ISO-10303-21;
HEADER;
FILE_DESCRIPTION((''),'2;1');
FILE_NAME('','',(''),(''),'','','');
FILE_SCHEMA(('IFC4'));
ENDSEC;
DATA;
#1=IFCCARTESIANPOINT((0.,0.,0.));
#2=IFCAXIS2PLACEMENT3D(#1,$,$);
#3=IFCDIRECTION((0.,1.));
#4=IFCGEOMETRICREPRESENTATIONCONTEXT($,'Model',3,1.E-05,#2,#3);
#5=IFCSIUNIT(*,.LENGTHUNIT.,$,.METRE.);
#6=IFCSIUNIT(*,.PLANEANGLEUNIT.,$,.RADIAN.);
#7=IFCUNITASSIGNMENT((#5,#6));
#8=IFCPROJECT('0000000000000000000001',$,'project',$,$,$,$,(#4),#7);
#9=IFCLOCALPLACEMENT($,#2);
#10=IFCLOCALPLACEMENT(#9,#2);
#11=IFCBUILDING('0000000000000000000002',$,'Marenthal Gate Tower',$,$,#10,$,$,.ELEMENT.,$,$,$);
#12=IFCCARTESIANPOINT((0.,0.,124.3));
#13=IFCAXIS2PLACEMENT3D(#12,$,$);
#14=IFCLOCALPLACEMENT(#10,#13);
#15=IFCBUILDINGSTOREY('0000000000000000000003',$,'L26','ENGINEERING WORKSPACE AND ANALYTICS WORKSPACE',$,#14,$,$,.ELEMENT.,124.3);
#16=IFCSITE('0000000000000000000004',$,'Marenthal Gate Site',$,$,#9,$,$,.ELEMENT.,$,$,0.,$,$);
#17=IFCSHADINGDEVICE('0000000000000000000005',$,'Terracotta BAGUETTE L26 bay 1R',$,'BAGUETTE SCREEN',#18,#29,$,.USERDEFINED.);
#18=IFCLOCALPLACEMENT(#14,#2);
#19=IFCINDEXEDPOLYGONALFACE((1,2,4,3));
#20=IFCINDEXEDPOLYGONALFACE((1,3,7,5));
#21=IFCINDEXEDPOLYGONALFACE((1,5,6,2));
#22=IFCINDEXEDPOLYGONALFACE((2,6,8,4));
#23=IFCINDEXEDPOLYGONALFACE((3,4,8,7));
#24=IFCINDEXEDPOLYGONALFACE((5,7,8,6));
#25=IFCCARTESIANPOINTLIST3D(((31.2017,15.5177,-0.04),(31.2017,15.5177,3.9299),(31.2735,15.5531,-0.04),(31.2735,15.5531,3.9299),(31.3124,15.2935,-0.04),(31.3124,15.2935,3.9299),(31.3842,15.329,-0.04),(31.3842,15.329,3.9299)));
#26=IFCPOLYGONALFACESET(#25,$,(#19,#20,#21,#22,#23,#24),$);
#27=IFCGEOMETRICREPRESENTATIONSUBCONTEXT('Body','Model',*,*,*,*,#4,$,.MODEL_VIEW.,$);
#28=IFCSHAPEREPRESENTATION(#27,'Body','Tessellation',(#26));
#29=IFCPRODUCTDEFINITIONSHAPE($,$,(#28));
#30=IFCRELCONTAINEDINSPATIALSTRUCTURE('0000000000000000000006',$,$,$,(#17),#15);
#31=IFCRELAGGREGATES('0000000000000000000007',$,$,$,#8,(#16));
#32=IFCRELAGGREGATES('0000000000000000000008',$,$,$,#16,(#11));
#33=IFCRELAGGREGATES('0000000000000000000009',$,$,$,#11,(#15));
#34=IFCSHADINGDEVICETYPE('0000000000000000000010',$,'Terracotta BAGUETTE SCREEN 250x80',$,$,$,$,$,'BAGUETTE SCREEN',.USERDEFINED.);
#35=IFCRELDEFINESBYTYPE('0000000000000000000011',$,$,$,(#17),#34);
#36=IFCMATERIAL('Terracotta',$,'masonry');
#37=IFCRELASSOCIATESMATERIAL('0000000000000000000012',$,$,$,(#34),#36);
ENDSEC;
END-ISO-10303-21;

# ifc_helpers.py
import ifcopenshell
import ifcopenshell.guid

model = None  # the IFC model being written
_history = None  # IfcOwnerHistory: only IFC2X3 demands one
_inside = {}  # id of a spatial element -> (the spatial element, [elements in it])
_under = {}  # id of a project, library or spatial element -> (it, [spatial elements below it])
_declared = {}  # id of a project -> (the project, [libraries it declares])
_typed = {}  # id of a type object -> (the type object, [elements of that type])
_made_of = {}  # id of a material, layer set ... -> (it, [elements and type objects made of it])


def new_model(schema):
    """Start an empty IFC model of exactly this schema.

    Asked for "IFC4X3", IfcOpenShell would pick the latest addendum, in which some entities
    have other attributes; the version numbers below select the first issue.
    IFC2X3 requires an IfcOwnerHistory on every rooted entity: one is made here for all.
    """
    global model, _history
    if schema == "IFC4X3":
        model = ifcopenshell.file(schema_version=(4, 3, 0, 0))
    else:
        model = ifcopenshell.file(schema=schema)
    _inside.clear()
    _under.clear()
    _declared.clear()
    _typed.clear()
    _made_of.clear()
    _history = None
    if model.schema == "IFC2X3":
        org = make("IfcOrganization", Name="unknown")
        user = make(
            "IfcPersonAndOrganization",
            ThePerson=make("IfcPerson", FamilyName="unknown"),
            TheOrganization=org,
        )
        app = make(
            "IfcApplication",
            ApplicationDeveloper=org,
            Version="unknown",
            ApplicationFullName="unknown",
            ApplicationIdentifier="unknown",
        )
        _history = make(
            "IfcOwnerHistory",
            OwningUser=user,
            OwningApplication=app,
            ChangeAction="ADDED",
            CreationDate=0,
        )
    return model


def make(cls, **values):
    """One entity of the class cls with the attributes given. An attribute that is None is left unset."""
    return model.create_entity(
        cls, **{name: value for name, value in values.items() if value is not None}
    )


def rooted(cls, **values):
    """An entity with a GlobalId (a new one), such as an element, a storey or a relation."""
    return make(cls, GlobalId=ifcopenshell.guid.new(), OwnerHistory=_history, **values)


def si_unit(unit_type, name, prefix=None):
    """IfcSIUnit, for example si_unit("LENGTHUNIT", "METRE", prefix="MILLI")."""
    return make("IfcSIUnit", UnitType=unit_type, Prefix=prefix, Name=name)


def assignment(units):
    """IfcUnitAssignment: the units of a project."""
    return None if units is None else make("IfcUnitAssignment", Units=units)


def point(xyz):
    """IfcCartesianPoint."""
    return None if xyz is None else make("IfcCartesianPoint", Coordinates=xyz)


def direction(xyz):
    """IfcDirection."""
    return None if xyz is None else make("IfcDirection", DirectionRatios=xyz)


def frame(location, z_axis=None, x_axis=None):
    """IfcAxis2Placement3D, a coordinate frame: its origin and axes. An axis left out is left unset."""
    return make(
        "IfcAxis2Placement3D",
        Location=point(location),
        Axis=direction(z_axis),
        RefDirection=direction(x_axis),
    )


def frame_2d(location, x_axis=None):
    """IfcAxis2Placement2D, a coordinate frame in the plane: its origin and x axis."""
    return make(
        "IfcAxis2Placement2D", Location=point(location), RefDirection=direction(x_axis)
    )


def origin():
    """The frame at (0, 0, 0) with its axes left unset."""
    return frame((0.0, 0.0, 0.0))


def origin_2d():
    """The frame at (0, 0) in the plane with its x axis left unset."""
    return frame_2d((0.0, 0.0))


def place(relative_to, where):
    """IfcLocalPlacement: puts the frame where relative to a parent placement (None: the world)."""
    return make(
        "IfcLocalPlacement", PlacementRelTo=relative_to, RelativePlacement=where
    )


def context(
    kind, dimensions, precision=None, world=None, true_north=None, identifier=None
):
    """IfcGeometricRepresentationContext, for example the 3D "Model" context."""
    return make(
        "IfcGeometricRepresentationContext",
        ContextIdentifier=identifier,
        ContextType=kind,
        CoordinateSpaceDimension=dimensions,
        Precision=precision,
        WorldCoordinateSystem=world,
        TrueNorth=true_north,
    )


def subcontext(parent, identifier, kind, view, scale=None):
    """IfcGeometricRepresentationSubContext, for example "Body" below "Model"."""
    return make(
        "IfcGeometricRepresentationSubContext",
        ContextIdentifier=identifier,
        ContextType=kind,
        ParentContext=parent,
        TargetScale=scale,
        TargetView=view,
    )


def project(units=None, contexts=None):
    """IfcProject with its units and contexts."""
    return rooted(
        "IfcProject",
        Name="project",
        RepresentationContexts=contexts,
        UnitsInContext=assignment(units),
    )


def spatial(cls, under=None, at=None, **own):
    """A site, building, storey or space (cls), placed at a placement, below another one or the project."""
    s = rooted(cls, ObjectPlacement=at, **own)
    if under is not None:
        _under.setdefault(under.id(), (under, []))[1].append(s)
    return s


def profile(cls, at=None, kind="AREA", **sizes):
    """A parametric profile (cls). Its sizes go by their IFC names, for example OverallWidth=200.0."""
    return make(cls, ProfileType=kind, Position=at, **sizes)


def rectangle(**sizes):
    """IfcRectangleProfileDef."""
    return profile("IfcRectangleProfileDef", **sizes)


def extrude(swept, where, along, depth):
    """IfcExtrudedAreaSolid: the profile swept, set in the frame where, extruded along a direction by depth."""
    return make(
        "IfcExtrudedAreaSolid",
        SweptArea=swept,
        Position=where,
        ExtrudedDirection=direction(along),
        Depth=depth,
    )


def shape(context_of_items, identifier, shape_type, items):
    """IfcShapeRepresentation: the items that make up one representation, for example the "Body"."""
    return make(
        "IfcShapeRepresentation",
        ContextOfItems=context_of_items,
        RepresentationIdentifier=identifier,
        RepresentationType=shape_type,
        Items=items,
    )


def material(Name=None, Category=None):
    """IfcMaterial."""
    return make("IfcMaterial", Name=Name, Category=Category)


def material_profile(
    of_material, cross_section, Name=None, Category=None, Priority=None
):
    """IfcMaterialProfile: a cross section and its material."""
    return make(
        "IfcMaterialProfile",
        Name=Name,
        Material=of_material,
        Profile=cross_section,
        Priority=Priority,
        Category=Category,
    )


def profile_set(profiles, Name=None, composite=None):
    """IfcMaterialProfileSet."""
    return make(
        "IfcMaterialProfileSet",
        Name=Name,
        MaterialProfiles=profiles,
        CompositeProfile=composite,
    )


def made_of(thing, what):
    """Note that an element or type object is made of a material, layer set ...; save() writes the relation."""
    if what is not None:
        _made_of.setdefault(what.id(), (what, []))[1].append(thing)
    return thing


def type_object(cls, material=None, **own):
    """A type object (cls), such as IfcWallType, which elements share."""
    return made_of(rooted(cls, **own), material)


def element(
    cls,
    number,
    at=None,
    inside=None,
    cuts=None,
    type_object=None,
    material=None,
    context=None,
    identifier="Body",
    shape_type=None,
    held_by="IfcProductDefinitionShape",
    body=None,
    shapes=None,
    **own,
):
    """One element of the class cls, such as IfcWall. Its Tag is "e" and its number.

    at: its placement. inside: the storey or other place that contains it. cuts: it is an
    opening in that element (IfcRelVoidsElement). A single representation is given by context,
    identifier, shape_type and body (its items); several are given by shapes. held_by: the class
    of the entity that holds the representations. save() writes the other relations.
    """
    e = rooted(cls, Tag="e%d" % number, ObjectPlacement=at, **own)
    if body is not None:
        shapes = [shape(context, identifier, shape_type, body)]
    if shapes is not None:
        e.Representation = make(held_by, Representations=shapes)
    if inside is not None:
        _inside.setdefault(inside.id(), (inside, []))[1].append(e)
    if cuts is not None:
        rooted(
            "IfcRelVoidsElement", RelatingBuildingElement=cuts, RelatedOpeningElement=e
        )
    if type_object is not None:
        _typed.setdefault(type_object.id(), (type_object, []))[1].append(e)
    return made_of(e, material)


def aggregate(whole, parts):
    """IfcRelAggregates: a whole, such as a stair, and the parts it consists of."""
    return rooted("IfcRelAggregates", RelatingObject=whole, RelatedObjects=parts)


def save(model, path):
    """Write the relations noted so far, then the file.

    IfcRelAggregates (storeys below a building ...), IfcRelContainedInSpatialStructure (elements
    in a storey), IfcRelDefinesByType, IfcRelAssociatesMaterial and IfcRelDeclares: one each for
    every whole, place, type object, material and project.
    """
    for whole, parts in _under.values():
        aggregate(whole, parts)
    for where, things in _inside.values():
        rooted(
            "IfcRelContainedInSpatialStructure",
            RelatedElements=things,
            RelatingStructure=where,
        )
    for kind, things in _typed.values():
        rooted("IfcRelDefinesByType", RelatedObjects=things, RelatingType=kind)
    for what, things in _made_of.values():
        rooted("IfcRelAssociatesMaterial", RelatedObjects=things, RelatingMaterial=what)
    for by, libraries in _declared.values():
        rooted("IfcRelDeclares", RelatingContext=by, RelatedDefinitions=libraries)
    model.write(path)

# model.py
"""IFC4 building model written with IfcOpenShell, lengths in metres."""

from ifc_helpers import new_model, si_unit, direction, frame, origin, origin_2d, place, context, subcontext, project, spatial, rectangle, extrude, material, material_profile, profile_set, type_object, element, save


model = new_model("IFC4")

# Units and contexts
model_context = context("Model", 3, precision=1e-05, world=origin(), true_north=direction((0.0, 1.0)))
body_context = subcontext(model_context, "Body", "Model", "MODEL_VIEW")
ifc_project = project(units=[si_unit("LENGTHUNIT", "METRE"), si_unit("PLANEANGLEUNIT", "RADIAN")], contexts=[model_context])

# Site, building, storey
site_placement = place(None, origin())
site = spatial("IfcSite", under=ifc_project, at=site_placement, Name="Marenthal Gate Site", CompositionType="ELEMENT", RefElevation=0.0)
building_placement = place(site_placement, origin())
building = spatial("IfcBuilding", under=site, at=building_placement, Name="Marenthal Gate Tower", CompositionType="ELEMENT")
storey_placement = place(building_placement, frame((0.0, 0.0, 124.3)))
storey = spatial("IfcBuildingStorey", under=building, at=storey_placement, Name="L26", Description="ENGINEERING WORKSPACE AND ANALYTICS WORKSPACE", CompositionType="ELEMENT", Elevation=124.3)

# Shading device
ifc_material_1 = material(Name="Terracotta", Category="masonry")
ifc_material_profile_1 = material_profile(ifc_material_1, rectangle(XDim=0.25, YDim=0.0801, at=origin_2d()), Name="Terracotta baguette 250x80")
ifc_profile_set_1 = profile_set([ifc_material_profile_1], Name="Terracotta")
shading_device_type = type_object("IfcShadingDeviceType", Name="Terracotta BAGUETTE SCREEN 250x80", ElementType="BAGUETTE SCREEN", PredefinedType="USERDEFINED", material=ifc_profile_set_1)
shading_device_placement = place(storey_placement, frame((31.293, 15.4233, -0.04), z_axis=(0.0, 0.0, 1.0), x_axis=(-0.442658, 0.896691, 0.0)))
element("IfcShadingDevice", 1, at=shading_device_placement, inside=storey, type_object=shading_device_type, Name="Terracotta BAGUETTE L26 bay 1R", ObjectType="BAGUETTE SCREEN", PredefinedType="USERDEFINED", context=body_context, shape_type="SweptSolid", body=[
    extrude(rectangle(XDim=0.25, YDim=0.0801, at=origin_2d()), origin(), (0.0, 0.0, 1.0), 3.97),
])

save(model, "model.ifc")
